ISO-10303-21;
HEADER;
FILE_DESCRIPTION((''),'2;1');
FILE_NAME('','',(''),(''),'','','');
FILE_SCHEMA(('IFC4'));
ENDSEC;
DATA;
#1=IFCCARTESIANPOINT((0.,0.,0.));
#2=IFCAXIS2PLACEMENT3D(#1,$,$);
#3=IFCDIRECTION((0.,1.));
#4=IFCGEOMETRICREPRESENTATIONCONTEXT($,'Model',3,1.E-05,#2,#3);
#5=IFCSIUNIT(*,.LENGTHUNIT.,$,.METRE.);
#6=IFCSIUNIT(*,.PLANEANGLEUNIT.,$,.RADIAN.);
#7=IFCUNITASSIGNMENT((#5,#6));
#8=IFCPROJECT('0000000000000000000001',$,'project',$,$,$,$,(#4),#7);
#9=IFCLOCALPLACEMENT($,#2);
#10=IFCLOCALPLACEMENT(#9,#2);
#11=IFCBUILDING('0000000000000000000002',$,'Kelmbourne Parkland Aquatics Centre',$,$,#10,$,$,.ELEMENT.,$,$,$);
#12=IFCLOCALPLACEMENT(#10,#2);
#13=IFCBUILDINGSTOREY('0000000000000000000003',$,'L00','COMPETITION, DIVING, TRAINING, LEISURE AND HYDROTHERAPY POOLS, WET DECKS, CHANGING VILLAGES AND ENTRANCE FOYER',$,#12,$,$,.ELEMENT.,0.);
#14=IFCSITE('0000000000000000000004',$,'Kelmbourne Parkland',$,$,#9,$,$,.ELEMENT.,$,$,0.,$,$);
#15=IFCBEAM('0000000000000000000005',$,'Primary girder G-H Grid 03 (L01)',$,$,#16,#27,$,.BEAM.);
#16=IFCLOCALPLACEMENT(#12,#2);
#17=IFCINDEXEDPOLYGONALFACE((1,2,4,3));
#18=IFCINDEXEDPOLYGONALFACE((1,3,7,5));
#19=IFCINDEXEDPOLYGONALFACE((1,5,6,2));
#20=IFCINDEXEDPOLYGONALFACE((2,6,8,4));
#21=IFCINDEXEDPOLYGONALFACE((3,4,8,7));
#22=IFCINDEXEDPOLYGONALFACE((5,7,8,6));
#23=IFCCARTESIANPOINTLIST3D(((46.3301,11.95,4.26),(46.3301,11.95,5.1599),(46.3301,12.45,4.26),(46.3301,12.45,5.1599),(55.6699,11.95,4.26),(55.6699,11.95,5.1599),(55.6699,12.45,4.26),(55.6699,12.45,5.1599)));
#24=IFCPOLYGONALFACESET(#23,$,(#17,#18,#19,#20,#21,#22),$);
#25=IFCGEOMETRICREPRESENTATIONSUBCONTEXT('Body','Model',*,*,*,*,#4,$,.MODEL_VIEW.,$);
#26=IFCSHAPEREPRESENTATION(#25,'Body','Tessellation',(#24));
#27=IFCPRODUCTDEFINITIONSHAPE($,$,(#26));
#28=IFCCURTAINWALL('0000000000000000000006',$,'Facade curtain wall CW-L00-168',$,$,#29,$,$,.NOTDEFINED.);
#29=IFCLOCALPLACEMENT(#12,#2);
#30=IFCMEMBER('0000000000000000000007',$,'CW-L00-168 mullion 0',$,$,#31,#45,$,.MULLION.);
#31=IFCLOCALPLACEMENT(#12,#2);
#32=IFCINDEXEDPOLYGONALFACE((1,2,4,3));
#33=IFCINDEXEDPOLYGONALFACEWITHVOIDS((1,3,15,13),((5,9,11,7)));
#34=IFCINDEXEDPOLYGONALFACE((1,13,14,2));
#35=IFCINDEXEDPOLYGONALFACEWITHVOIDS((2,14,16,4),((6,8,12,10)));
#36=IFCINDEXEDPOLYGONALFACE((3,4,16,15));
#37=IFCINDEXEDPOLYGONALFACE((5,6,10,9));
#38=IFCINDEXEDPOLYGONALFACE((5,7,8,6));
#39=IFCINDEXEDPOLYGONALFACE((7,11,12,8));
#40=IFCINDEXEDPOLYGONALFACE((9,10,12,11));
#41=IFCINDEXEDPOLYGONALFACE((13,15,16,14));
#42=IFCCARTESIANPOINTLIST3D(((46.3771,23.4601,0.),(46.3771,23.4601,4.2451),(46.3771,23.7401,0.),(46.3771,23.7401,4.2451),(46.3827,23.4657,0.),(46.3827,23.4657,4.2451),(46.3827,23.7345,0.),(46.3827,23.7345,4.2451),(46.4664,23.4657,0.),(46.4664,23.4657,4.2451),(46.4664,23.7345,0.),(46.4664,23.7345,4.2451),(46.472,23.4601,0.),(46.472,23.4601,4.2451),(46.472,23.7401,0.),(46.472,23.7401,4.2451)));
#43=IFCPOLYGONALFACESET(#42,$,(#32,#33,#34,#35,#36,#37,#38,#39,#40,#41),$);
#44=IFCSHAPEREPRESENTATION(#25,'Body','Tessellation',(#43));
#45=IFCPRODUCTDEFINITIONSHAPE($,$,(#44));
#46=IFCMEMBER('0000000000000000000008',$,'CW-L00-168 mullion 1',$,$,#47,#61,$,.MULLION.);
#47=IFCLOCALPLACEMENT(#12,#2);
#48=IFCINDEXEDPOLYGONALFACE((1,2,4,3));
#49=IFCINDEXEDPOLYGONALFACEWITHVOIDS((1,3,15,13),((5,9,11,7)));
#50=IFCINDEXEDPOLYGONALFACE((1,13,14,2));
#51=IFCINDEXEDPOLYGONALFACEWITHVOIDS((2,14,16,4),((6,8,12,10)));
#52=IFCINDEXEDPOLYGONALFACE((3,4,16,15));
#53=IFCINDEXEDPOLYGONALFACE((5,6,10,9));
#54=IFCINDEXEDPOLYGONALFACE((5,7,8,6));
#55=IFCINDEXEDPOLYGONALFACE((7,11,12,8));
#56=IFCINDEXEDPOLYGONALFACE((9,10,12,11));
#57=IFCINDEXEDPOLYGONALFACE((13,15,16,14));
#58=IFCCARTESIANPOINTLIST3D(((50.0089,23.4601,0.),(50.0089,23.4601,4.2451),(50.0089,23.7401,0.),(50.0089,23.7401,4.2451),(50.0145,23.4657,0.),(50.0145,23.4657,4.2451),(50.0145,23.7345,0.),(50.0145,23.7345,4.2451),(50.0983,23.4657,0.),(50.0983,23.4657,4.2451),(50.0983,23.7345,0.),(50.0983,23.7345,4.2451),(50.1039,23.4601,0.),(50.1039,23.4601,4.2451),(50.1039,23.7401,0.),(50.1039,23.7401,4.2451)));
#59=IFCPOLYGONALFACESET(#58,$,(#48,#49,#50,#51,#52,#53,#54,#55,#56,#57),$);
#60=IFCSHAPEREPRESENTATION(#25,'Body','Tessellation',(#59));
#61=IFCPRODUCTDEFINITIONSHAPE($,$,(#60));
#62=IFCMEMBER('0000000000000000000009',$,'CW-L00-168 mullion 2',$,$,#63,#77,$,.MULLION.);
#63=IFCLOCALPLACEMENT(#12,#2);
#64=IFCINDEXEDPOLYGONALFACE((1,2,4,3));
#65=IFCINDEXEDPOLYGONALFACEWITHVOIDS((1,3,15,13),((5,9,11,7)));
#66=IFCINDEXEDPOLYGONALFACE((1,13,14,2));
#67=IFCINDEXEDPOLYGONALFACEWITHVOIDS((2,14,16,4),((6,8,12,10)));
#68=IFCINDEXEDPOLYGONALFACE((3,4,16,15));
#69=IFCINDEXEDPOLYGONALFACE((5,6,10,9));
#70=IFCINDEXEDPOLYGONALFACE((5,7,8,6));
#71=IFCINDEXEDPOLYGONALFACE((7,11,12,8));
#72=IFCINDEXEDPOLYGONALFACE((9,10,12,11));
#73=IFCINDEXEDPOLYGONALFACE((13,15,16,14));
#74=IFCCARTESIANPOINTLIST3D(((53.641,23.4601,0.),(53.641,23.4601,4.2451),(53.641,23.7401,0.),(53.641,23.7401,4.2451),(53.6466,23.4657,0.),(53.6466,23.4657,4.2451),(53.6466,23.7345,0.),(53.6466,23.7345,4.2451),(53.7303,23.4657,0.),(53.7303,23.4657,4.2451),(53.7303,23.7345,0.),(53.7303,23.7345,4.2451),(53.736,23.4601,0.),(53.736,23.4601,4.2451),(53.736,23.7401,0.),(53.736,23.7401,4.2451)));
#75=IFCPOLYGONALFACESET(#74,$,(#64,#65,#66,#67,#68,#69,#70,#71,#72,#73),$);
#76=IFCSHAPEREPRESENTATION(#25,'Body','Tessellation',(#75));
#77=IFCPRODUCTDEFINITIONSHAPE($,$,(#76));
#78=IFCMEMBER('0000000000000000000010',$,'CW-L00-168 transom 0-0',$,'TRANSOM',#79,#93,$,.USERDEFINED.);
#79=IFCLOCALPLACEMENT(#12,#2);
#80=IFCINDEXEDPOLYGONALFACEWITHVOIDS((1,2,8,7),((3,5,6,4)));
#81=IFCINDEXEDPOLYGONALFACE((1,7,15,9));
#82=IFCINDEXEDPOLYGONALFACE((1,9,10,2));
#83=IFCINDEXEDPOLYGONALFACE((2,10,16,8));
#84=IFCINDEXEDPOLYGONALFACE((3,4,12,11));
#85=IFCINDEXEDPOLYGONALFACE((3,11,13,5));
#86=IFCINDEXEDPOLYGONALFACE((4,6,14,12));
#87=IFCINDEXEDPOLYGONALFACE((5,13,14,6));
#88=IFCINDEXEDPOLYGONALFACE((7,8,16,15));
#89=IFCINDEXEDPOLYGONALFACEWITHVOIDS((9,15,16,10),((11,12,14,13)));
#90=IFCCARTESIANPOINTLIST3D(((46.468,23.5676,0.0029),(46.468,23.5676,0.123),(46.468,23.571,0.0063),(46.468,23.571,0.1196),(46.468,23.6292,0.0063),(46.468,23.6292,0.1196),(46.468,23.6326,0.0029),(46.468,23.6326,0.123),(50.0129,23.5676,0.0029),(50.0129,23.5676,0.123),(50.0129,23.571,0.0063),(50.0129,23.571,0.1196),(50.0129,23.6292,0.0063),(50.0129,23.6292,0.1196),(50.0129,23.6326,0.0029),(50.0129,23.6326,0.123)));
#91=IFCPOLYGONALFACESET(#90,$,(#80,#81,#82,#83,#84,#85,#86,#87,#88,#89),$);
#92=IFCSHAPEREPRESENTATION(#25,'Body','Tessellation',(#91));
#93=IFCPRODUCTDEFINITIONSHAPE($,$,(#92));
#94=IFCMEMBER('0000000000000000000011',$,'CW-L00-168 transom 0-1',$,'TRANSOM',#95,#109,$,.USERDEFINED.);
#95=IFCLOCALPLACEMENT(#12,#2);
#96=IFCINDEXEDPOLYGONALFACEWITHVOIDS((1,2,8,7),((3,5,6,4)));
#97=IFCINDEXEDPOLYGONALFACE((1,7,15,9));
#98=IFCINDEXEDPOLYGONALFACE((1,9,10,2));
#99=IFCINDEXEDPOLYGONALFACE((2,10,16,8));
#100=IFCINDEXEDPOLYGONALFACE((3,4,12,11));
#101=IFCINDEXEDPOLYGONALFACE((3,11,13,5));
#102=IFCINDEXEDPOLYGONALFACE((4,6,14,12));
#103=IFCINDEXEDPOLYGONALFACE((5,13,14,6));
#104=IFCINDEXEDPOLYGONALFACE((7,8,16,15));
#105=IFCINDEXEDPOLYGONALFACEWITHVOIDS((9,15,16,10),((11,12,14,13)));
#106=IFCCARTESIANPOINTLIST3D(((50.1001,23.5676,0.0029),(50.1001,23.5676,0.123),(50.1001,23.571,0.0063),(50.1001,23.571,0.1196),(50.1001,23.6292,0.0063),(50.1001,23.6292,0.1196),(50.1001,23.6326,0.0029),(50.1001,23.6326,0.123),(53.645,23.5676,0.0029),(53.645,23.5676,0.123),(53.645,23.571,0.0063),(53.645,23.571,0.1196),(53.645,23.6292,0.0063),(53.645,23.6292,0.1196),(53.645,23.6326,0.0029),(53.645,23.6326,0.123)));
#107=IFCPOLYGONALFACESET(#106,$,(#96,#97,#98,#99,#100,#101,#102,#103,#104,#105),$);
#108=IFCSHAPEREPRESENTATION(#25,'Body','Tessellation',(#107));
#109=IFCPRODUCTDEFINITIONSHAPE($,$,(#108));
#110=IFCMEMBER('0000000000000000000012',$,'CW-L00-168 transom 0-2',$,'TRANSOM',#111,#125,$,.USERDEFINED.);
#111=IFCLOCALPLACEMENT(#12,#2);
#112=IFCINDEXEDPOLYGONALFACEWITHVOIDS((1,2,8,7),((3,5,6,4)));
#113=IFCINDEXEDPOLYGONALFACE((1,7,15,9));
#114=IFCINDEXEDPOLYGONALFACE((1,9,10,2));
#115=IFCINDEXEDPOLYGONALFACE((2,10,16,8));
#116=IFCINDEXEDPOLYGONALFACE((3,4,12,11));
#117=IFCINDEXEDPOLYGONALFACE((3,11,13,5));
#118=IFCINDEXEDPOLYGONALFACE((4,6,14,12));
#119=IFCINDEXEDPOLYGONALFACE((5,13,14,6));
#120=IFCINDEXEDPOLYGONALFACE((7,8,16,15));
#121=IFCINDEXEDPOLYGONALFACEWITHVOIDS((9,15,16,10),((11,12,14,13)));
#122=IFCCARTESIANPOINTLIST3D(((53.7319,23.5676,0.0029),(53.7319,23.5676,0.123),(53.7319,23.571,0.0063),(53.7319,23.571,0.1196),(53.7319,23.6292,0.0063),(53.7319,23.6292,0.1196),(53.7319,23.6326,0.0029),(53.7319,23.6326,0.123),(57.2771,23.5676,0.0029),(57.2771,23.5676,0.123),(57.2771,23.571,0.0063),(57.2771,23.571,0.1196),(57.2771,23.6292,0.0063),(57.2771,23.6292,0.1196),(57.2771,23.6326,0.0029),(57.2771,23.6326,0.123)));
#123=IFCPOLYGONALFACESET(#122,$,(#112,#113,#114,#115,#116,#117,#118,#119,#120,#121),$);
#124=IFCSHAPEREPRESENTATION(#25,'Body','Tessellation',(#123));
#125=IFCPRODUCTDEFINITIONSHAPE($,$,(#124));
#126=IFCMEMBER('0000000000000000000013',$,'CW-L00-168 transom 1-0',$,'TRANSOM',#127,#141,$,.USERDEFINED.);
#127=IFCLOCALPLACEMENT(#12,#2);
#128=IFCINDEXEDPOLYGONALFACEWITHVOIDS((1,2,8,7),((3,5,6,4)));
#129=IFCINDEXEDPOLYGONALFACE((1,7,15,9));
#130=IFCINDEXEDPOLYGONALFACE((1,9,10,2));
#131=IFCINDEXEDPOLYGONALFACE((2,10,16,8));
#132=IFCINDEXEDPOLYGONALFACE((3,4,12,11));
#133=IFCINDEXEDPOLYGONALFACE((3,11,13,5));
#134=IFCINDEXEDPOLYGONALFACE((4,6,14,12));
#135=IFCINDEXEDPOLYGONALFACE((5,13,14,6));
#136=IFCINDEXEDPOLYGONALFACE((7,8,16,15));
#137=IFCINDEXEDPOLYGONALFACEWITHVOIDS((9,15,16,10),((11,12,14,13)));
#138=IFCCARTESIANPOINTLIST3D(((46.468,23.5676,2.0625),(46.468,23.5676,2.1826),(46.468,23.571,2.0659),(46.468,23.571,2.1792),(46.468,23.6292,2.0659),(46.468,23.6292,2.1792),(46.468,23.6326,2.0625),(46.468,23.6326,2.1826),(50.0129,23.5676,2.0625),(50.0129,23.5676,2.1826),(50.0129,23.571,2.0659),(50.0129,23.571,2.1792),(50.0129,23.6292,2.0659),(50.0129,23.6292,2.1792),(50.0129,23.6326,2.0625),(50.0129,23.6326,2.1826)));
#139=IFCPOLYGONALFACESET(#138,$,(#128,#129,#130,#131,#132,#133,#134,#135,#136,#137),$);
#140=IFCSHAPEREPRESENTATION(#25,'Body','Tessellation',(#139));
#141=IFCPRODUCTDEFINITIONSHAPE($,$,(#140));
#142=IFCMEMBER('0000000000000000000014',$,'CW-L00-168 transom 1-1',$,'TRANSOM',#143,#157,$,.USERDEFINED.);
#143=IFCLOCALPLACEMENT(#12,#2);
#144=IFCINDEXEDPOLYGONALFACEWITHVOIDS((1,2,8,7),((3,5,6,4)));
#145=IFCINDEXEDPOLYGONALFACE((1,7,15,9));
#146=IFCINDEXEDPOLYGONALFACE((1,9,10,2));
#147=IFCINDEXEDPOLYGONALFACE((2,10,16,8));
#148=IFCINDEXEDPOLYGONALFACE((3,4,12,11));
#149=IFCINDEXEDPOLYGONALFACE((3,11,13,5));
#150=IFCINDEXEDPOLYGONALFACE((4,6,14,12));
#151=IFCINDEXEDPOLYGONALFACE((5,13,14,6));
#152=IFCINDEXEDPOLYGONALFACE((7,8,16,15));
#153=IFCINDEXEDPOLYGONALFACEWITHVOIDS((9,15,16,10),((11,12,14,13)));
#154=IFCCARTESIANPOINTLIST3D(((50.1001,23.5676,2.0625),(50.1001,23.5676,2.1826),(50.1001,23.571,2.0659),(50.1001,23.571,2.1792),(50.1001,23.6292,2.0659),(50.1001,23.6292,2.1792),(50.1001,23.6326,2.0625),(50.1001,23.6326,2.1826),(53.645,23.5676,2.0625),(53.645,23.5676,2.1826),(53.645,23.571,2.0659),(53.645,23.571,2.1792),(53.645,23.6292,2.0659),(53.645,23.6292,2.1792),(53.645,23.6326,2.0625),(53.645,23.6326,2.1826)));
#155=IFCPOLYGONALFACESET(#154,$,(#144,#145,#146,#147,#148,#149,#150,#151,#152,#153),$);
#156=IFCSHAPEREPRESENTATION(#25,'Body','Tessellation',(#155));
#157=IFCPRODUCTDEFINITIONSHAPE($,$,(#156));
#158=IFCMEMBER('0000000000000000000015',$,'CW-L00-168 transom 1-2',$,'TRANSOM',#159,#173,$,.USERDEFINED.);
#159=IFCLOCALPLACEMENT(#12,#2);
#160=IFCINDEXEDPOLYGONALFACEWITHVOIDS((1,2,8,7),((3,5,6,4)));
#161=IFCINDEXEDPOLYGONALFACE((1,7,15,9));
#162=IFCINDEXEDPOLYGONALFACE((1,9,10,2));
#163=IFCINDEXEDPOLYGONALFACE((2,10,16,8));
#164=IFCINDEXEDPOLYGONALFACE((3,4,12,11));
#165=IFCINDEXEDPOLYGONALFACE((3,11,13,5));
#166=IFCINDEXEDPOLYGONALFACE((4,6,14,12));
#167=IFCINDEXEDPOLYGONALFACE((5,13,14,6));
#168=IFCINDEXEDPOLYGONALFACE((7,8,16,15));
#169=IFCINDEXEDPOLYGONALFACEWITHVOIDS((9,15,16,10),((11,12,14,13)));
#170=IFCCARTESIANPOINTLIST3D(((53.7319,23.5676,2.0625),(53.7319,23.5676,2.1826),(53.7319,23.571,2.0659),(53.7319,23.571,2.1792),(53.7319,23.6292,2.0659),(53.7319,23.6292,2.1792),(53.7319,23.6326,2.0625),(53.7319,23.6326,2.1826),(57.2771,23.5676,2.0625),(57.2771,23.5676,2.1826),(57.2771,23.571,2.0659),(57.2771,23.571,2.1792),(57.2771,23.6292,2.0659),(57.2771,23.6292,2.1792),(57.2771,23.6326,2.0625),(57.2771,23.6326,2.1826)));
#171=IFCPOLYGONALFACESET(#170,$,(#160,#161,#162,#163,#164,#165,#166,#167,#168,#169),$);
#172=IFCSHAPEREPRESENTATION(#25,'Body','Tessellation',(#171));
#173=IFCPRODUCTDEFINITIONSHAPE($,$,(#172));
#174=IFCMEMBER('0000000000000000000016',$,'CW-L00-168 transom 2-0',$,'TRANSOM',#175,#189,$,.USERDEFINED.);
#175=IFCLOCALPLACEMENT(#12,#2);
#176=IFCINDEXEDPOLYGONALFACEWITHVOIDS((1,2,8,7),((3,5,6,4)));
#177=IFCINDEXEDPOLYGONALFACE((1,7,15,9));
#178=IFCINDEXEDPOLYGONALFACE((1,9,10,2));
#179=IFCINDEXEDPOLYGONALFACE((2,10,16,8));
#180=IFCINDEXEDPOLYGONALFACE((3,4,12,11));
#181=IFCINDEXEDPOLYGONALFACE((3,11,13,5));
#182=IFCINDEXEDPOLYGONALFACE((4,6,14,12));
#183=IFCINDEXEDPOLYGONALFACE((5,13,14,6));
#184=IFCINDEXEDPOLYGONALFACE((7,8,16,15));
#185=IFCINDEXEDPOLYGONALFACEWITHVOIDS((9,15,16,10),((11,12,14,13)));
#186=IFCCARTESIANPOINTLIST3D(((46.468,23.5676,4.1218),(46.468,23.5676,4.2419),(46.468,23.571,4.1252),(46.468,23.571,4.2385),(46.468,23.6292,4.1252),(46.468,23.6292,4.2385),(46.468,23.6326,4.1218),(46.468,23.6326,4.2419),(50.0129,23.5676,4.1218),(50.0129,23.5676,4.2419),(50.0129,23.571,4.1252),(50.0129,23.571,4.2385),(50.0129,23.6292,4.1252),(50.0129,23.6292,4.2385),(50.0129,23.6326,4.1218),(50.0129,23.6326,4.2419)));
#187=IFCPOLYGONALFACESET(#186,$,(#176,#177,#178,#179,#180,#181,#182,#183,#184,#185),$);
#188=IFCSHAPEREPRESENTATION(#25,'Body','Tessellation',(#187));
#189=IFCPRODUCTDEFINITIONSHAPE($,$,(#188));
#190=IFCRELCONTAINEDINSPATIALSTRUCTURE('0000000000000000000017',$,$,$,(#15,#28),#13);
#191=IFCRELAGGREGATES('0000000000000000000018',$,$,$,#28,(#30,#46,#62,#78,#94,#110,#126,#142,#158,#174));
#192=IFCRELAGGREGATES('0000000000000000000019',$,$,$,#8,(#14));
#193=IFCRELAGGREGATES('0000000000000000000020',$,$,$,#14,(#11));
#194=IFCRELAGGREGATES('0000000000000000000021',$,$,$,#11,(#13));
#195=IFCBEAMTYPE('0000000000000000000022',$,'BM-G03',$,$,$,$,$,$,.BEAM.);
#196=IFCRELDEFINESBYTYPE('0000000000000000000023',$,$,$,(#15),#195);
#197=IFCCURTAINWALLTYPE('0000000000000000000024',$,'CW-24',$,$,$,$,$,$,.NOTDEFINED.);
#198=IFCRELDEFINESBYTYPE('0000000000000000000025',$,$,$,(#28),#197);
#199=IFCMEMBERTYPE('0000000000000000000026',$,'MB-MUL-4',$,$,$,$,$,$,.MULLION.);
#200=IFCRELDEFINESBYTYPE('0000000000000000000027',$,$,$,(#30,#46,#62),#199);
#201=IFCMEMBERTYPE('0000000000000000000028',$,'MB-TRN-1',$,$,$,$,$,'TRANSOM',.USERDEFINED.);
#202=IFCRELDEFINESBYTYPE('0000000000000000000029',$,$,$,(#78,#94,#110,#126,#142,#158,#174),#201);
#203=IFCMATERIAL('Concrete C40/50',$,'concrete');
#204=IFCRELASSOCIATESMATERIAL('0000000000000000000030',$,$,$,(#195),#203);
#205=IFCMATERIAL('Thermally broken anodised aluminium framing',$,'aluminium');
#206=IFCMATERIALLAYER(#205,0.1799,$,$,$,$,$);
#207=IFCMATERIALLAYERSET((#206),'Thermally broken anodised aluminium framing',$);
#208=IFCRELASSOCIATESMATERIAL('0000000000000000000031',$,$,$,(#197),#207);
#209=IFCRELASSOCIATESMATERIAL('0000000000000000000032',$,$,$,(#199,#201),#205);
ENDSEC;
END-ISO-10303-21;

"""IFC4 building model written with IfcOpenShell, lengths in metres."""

from ifc_helpers import new_model, si_unit, direction, frame, origin, origin_2d, place, context, subcontext, project, spatial, rectangle, hollow_rectangle, extrude, material, layer, layer_set, material_profile, profile_set, type_object, element, aggregate, save


model = new_model("IFC4")

# Units and contexts
model_context = context("Model", 3, precision=1e-05, world=origin(), true_north=direction((0.0, 1.0)))
body_context = subcontext(model_context, "Body", "Model", "MODEL_VIEW")
ifc_project = project(units=[si_unit("LENGTHUNIT", "METRE"), si_unit("PLANEANGLEUNIT", "RADIAN")], contexts=[model_context])

# Site, building, storey
site_placement = place(None, origin())
site = spatial("IfcSite", under=ifc_project, at=site_placement, Name="Kelmbourne Parkland", CompositionType="ELEMENT", RefElevation=0.0)
building_placement = place(site_placement, origin())
building = spatial("IfcBuilding", under=site, at=building_placement, Name="Kelmbourne Parkland Aquatics Centre", CompositionType="ELEMENT")
storey_placement = place(building_placement, origin())
storey = spatial("IfcBuildingStorey", under=building, at=storey_placement, Name="L00", Description="COMPETITION, DIVING, TRAINING, LEISURE AND HYDROTHERAPY POOLS, WET DECKS, CHANGING VILLAGES AND ENTRANCE FOYER", CompositionType="ELEMENT", Elevation=0.0)

# Beam
ifc_material_1 = material(Name="Concrete C40/50", Category="concrete")
ifc_material_profile_1 = material_profile(ifc_material_1, rectangle(XDim=0.5, YDim=0.8999, at=origin_2d()), Name="RC 500x900")
ifc_profile_set_1 = profile_set([ifc_material_profile_1], Name="Concrete C40/50")
beam_type = type_object("IfcBeamType", Name="BM-G03", PredefinedType="BEAM", material=ifc_profile_set_1)
beam_placement = place(storey_placement, frame((46.3301, 12.2, 4.71), z_axis=(1.0, 0.0, 0.0), x_axis=(0.0, 1.0, 0.0)))
element("IfcBeam", 1, at=beam_placement, inside=storey, type_object=beam_type, Name="Primary girder G-H Grid 03 (L01)", PredefinedType="BEAM", context=body_context, shape_type="SweptSolid", body=[
    extrude(rectangle(XDim=0.5, YDim=0.8999, at=origin_2d()), origin(), (0.0, 0.0, 1.0), 9.3398),
])

# Curtain wall, members
ifc_material_2 = material(Name="Thermally broken anodised aluminium framing", Category="aluminium")
ifc_layer_1 = layer(ifc_material_2, 0.1799)
ifc_layer_set_1 = layer_set([ifc_layer_1], Name="Thermally broken anodised aluminium framing")
curtain_wall_type = type_object("IfcCurtainWallType", Name="CW-24", PredefinedType="NOTDEFINED", material=ifc_layer_set_1)
curtain_wall_placement = place(storey_placement, origin())
curtain_wall = element("IfcCurtainWall", 2, at=curtain_wall_placement, inside=storey, type_object=curtain_wall_type, Name="Facade curtain wall CW-L00-168", PredefinedType="NOTDEFINED")
ifc_material_profile_2 = material_profile(ifc_material_2, hollow_rectangle(XDim=0.095, YDim=0.28, WallThickness=0.0056, at=origin_2d()), Name="CW-M 95x280")
ifc_profile_set_2 = profile_set([ifc_material_profile_2], Name="Thermally broken anodised aluminium framing")
member_type_1 = type_object("IfcMemberType", Name="MB-MUL-4", PredefinedType="MULLION", material=ifc_profile_set_2)
member_1_placement = place(storey_placement, frame((46.4246, 23.6001, 0.0), z_axis=(0.0, 0.0, 1.0), x_axis=(1.0, 0.0, 0.0)))
member_1 = element("IfcMember", 3, at=member_1_placement, type_object=member_type_1, Name="CW-L00-168 mullion 0", PredefinedType="MULLION", context=body_context, shape_type="SweptSolid", body=[
    extrude(hollow_rectangle(XDim=0.095, YDim=0.28, WallThickness=0.0056, at=origin_2d()), origin(), (0.0, 0.0, 1.0), 4.2451),
])
member_2_placement = place(storey_placement, frame((50.0564, 23.6001, 0.0), z_axis=(0.0, 0.0, 1.0), x_axis=(1.0, 0.0, 0.0)))
member_2 = element("IfcMember", 4, at=member_2_placement, type_object=member_type_1, Name="CW-L00-168 mullion 1", PredefinedType="MULLION", context=body_context, shape_type="SweptSolid", body=[
    extrude(hollow_rectangle(XDim=0.095, YDim=0.28, WallThickness=0.0056, at=origin_2d()), origin(), (0.0, 0.0, 1.0), 4.2451),
])
member_3_placement = place(storey_placement, frame((53.6885, 23.6001, 0.0), z_axis=(0.0, 0.0, 1.0), x_axis=(1.0, 0.0, 0.0)))
member_3 = element("IfcMember", 5, at=member_3_placement, type_object=member_type_1, Name="CW-L00-168 mullion 2", PredefinedType="MULLION", context=body_context, shape_type="SweptSolid", body=[
    extrude(hollow_rectangle(XDim=0.095, YDim=0.28, WallThickness=0.0056, at=origin_2d()), origin(), (0.0, 0.0, 1.0), 4.2451),
])
ifc_material_profile_3 = material_profile(ifc_material_2, hollow_rectangle(XDim=0.0649, YDim=0.1201, WallThickness=0.0034, at=origin_2d()), Name="CW-T 65x120")
ifc_profile_set_3 = profile_set([ifc_material_profile_3], Name="Thermally broken anodised aluminium framing")
member_type_2 = type_object("IfcMemberType", Name="MB-TRN-1", ElementType="TRANSOM", PredefinedType="USERDEFINED", material=ifc_profile_set_3)
member_4_placement = place(storey_placement, frame((46.468, 23.6001, 0.063), z_axis=(1.0, 0.0, 0.0), x_axis=(0.0, 1.0, 0.0)))
member_4 = element("IfcMember", 6, at=member_4_placement, type_object=member_type_2, Name="CW-L00-168 transom 0-0", ObjectType="TRANSOM", PredefinedType="USERDEFINED", context=body_context, shape_type="SweptSolid", body=[
    extrude(hollow_rectangle(XDim=0.0649, YDim=0.1201, WallThickness=0.0034, at=origin_2d()), origin(), (0.0, 0.0, 1.0), 3.5449),
])
member_5_placement = place(storey_placement, frame((50.1001, 23.6001, 0.063), z_axis=(1.0, 0.0, 0.0), x_axis=(0.0, 1.0, 0.0)))
member_5 = element("IfcMember", 7, at=member_5_placement, type_object=member_type_2, Name="CW-L00-168 transom 0-1", ObjectType="TRANSOM", PredefinedType="USERDEFINED", context=body_context, shape_type="SweptSolid", body=[
    extrude(hollow_rectangle(XDim=0.0649, YDim=0.1201, WallThickness=0.0034, at=origin_2d()), origin(), (0.0, 0.0, 1.0), 3.5449),
])
member_6_placement = place(storey_placement, frame((53.7319, 23.6001, 0.063), z_axis=(1.0, 0.0, 0.0), x_axis=(0.0, 1.0, 0.0)))
member_6 = element("IfcMember", 8, at=member_6_placement, type_object=member_type_2, Name="CW-L00-168 transom 0-2", ObjectType="TRANSOM", PredefinedType="USERDEFINED", context=body_context, shape_type="SweptSolid", body=[
    extrude(hollow_rectangle(XDim=0.0649, YDim=0.1201, WallThickness=0.0034, at=origin_2d()), origin(), (0.0, 0.0, 1.0), 3.5452),
])
member_7_placement = place(storey_placement, frame((46.468, 23.6001, 2.1226), z_axis=(1.0, 0.0, 0.0), x_axis=(0.0, 1.0, 0.0)))
member_7 = element("IfcMember", 9, at=member_7_placement, type_object=member_type_2, Name="CW-L00-168 transom 1-0", ObjectType="TRANSOM", PredefinedType="USERDEFINED", context=body_context, shape_type="SweptSolid", body=[
    extrude(hollow_rectangle(XDim=0.0649, YDim=0.1201, WallThickness=0.0034, at=origin_2d()), origin(), (0.0, 0.0, 1.0), 3.5449),
])
member_8_placement = place(storey_placement, frame((50.1001, 23.6001, 2.1226), z_axis=(1.0, 0.0, 0.0), x_axis=(0.0, 1.0, 0.0)))
member_8 = element("IfcMember", 10, at=member_8_placement, type_object=member_type_2, Name="CW-L00-168 transom 1-1", ObjectType="TRANSOM", PredefinedType="USERDEFINED", context=body_context, shape_type="SweptSolid", body=[
    extrude(hollow_rectangle(XDim=0.0649, YDim=0.1201, WallThickness=0.0034, at=origin_2d()), origin(), (0.0, 0.0, 1.0), 3.5449),
])
member_9_placement = place(storey_placement, frame((53.7319, 23.6001, 2.1226), z_axis=(1.0, 0.0, 0.0), x_axis=(0.0, 1.0, 0.0)))
member_9 = element("IfcMember", 11, at=member_9_placement, type_object=member_type_2, Name="CW-L00-168 transom 1-2", ObjectType="TRANSOM", PredefinedType="USERDEFINED", context=body_context, shape_type="SweptSolid", body=[
    extrude(hollow_rectangle(XDim=0.0649, YDim=0.1201, WallThickness=0.0034, at=origin_2d()), origin(), (0.0, 0.0, 1.0), 3.5452),
])
member_10_placement = place(storey_placement, frame((46.468, 23.6001, 4.1819), z_axis=(1.0, 0.0, 0.0), x_axis=(0.0, 1.0, 0.0)))
member_10 = element("IfcMember", 12, at=member_10_placement, type_object=member_type_2, Name="CW-L00-168 transom 2-0", ObjectType="TRANSOM", PredefinedType="USERDEFINED", context=body_context, shape_type="SweptSolid", body=[
    extrude(hollow_rectangle(XDim=0.0649, YDim=0.1201, WallThickness=0.0034, at=origin_2d()), origin(), (0.0, 0.0, 1.0), 3.5449),
])
aggregate(curtain_wall, [member_1, member_2, member_3, member_4, member_5, member_6, member_7, member_8, member_9, member_10])

save(model, "model.ifc")
